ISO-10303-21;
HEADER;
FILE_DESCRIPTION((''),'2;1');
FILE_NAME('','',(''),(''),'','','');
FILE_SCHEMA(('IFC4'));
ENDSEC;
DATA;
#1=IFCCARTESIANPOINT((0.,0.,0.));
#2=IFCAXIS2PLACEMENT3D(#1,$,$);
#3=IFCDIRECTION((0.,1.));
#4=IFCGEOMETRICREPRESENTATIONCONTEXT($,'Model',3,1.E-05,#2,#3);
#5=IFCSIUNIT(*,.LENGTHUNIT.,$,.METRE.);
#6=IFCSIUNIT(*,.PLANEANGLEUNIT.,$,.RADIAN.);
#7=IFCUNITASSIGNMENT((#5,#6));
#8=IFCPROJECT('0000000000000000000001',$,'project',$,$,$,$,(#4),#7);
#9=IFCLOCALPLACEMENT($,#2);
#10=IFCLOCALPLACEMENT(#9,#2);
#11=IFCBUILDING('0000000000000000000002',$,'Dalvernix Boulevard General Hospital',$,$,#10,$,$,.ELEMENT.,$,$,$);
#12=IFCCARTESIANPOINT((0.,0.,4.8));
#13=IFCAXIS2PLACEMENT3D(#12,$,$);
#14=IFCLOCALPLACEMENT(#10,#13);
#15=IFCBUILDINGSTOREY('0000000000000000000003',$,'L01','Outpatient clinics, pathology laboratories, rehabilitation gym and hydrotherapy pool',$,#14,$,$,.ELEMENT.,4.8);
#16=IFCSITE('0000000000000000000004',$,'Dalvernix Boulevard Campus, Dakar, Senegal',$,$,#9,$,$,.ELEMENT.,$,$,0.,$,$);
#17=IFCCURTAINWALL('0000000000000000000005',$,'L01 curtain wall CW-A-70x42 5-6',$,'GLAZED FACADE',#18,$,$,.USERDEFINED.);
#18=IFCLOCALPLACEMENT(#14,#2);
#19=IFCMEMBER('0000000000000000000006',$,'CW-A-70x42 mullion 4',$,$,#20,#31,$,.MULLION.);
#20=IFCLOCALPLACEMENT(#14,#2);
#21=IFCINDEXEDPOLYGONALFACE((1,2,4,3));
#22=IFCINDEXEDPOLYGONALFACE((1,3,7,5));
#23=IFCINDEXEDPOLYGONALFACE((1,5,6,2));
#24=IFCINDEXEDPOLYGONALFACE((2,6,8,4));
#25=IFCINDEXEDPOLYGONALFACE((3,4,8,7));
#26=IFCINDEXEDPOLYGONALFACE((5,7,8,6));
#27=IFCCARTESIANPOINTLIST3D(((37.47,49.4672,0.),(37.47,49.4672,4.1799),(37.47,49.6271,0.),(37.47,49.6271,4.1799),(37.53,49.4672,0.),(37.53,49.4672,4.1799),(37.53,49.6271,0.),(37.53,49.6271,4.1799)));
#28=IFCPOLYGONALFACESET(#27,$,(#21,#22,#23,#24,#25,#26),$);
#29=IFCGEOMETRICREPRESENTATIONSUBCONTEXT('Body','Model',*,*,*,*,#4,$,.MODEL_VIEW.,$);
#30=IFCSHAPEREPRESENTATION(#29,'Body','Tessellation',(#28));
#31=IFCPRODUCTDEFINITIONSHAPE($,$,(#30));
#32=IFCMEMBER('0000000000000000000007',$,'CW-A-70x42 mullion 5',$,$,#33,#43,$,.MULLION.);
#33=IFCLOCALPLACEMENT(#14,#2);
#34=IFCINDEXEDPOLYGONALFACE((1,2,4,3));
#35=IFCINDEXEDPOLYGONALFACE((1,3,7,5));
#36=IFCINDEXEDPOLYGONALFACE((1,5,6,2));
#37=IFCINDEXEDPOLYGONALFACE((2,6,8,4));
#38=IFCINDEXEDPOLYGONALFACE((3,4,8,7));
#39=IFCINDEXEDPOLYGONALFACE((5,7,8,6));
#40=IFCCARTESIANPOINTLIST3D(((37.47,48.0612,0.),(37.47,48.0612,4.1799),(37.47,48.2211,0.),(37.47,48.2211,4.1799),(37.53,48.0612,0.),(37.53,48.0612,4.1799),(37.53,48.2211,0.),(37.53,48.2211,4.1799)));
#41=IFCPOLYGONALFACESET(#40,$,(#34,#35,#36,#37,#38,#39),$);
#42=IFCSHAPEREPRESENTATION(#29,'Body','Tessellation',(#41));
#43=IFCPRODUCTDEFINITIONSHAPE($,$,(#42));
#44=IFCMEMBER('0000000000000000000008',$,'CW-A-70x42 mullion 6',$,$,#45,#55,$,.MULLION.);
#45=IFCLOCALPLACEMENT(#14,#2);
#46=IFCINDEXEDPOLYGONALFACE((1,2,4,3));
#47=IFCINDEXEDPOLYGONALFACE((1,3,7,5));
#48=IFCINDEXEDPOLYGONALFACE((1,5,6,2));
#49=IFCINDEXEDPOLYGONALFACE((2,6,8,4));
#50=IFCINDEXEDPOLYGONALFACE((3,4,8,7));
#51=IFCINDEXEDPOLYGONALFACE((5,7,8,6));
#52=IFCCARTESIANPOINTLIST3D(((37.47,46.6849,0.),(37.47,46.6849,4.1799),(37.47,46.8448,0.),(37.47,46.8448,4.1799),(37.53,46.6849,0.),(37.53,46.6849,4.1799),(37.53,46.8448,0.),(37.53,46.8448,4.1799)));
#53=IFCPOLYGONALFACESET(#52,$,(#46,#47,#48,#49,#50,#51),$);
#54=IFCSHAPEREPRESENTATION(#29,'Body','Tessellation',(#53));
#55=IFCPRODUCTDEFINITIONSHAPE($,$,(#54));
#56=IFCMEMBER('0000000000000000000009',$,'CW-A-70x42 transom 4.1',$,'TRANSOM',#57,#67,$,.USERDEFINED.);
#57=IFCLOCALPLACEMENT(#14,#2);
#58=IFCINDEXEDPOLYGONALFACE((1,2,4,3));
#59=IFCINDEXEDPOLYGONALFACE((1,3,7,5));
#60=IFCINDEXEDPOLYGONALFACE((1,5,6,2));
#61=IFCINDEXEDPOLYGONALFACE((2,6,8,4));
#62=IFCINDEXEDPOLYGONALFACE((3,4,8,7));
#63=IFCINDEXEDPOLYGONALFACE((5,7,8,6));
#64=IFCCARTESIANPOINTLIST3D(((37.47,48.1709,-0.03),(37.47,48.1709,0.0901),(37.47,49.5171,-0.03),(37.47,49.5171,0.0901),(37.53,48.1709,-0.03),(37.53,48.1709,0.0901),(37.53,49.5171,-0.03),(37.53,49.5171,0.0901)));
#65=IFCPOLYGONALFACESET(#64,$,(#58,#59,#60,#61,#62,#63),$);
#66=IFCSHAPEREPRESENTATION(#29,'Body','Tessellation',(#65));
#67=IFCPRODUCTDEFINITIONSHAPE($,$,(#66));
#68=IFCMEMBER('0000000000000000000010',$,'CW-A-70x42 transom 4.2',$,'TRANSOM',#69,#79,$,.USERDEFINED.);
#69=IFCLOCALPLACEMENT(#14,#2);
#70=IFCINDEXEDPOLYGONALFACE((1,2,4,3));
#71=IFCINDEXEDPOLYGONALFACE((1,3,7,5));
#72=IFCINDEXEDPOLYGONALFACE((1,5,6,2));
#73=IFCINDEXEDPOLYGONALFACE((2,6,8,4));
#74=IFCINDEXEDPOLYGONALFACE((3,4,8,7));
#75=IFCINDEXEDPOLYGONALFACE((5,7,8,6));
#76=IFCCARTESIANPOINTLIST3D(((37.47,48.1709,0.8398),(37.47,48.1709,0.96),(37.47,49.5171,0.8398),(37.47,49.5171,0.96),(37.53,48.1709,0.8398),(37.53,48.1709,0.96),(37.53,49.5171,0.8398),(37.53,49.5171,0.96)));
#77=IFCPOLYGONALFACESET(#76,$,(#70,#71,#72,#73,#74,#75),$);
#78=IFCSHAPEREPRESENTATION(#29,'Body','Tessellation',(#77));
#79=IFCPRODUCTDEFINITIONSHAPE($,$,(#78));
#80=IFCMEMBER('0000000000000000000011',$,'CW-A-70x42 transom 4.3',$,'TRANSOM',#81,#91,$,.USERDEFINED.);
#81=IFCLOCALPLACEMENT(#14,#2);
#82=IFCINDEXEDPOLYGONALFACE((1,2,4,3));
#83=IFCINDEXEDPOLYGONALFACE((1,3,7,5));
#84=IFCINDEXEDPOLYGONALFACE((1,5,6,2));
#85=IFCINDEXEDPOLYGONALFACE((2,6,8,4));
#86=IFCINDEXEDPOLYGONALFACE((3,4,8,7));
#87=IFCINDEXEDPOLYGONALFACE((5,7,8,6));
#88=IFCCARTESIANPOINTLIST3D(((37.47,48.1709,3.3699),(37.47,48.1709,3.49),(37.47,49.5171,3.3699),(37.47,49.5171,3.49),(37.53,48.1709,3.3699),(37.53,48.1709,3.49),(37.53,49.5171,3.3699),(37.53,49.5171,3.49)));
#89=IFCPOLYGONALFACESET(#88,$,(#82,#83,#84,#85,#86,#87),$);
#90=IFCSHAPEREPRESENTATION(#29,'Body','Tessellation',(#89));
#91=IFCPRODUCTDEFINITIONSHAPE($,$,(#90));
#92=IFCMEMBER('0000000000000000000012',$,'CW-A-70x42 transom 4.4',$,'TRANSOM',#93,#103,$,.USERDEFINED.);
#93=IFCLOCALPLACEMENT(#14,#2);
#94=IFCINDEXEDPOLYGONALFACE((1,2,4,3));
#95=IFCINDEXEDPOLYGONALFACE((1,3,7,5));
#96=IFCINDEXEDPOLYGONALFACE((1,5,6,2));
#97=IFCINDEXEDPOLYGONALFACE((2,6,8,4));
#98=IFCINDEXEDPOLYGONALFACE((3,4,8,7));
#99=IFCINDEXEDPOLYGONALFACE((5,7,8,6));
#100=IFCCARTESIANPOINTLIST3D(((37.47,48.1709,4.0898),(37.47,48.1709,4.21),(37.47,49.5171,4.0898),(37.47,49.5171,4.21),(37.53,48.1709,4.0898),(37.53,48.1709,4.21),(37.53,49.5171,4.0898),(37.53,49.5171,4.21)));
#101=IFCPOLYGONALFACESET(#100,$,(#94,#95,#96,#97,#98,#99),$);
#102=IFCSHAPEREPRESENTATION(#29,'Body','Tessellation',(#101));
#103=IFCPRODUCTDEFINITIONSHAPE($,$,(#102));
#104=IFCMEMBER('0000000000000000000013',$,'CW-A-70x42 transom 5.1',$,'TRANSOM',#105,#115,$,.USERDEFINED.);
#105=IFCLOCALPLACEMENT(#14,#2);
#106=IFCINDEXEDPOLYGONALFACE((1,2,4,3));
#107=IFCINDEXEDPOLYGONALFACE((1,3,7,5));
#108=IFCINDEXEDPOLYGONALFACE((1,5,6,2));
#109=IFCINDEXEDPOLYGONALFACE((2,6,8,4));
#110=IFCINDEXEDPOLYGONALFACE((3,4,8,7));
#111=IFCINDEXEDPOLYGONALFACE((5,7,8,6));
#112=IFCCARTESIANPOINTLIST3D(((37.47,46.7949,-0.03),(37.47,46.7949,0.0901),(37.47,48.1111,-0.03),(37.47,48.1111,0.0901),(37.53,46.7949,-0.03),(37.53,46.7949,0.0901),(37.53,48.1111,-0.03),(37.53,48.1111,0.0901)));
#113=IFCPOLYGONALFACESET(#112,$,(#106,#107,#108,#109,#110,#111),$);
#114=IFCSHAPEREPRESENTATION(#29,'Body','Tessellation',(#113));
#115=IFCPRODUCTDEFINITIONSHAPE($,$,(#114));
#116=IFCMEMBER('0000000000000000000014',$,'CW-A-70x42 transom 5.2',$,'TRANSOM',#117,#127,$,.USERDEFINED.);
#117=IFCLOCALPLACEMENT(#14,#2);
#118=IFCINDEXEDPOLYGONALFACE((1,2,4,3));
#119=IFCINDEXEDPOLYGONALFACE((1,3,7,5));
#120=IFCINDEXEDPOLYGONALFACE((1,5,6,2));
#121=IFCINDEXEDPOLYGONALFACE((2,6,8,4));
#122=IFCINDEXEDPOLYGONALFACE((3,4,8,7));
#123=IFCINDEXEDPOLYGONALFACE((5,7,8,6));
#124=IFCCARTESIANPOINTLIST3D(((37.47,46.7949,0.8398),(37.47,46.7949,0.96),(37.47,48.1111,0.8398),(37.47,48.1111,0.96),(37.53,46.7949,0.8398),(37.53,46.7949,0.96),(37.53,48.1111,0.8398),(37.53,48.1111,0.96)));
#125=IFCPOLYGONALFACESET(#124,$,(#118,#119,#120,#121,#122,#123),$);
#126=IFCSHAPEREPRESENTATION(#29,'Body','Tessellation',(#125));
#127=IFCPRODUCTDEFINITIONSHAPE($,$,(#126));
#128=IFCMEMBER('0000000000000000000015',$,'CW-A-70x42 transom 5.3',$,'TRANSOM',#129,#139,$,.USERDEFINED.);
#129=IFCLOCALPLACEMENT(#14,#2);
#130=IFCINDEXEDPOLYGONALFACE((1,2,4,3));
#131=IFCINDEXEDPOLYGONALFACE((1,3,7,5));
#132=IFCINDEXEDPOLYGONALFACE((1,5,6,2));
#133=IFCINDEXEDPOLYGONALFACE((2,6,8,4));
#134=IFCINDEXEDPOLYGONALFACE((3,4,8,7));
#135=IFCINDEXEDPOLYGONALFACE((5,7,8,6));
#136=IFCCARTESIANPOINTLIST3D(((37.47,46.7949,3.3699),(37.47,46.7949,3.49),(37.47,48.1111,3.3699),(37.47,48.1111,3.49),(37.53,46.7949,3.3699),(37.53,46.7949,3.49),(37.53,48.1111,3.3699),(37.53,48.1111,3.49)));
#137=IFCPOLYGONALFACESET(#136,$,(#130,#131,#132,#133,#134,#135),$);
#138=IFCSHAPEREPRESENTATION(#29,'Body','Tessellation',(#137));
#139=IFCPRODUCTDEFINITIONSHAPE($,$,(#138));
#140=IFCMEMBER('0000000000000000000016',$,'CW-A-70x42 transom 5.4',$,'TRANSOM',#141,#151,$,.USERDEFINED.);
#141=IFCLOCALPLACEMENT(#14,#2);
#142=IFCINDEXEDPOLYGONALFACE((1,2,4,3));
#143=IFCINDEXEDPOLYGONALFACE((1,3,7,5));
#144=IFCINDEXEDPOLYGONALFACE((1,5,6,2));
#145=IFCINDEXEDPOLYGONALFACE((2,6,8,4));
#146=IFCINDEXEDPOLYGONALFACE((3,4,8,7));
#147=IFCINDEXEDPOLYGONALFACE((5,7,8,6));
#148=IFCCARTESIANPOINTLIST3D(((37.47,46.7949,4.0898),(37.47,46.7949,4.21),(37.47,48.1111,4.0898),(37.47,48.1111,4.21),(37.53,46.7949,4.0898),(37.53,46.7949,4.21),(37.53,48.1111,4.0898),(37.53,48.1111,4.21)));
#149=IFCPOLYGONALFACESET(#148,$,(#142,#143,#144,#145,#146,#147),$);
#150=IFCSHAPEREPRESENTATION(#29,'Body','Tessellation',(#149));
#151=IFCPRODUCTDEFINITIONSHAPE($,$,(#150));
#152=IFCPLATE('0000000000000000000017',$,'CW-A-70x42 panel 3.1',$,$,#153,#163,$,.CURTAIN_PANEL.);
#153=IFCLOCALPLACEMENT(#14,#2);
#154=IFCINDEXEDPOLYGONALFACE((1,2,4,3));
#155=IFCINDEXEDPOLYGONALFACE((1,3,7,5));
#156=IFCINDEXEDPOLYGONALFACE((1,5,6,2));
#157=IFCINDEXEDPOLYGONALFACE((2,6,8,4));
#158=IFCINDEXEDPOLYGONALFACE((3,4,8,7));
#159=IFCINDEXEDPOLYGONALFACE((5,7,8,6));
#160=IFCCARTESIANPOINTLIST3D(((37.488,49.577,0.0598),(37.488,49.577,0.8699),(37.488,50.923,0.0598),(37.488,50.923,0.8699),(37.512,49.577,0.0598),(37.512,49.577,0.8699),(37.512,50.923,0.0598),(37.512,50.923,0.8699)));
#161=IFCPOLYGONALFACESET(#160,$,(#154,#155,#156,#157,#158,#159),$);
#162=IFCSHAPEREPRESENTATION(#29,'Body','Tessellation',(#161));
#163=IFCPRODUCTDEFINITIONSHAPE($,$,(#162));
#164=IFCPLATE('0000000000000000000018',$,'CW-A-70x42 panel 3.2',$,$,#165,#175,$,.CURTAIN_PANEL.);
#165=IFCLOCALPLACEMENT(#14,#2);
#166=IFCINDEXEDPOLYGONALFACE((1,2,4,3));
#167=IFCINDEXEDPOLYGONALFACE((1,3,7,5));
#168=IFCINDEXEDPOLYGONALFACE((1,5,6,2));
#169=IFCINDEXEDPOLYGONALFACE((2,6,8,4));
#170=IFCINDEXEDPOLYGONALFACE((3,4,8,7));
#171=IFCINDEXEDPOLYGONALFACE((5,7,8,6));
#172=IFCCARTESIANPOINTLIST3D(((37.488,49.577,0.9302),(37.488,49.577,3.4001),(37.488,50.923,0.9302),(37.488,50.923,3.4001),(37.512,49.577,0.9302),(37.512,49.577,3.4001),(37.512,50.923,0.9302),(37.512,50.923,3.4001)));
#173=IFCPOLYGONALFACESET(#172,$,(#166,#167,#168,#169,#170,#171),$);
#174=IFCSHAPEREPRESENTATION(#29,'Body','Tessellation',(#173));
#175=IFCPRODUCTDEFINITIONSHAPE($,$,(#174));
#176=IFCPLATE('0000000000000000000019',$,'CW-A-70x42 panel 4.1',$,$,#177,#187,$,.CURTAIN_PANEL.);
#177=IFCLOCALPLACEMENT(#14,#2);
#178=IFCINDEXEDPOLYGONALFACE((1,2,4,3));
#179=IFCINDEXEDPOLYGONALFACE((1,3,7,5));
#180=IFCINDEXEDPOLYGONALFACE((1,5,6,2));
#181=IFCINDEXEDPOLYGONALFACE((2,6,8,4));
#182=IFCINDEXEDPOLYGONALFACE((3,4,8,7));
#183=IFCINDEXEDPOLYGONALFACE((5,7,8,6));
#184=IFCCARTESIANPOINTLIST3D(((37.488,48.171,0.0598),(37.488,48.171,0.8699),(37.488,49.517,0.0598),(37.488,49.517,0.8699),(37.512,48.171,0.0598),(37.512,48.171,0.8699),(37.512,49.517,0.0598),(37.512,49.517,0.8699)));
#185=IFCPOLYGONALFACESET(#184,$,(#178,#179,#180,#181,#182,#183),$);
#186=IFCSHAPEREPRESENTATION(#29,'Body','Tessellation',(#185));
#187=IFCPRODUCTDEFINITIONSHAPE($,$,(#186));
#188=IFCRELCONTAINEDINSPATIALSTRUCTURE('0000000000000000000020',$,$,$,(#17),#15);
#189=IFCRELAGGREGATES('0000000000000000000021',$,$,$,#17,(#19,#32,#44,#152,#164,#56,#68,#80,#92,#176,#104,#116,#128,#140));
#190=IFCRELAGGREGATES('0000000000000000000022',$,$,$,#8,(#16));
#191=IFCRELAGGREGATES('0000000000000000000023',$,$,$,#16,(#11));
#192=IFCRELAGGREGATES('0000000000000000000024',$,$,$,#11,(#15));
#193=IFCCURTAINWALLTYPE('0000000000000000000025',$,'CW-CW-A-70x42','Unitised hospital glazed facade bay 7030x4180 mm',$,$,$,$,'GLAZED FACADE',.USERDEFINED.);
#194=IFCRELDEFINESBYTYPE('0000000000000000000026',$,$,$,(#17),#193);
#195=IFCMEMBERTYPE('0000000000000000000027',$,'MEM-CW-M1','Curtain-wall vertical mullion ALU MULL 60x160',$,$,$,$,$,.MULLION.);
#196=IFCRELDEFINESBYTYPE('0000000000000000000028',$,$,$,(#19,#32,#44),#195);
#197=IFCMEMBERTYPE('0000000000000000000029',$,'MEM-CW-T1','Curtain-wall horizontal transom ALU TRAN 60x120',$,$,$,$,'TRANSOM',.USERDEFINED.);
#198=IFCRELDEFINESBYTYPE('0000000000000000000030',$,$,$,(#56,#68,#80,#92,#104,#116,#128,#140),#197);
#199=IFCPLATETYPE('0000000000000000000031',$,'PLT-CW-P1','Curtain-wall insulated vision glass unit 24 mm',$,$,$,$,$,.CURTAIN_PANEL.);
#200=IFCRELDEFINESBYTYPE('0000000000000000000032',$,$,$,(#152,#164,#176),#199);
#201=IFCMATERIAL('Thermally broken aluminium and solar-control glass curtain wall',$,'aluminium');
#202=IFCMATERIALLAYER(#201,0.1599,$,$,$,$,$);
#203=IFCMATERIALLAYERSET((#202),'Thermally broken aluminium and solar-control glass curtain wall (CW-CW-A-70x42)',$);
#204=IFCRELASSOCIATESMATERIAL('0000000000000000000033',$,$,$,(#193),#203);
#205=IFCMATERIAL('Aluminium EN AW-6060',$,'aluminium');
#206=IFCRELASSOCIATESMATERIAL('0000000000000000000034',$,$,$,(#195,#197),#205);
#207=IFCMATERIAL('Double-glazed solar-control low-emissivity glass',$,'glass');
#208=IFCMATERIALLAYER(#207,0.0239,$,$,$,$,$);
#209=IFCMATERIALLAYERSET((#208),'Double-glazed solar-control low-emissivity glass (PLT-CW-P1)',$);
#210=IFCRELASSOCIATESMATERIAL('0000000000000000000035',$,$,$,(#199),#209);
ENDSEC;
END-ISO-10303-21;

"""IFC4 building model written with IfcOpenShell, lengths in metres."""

from ifc_helpers import new_model, si_unit, direction, frame, origin, origin_2d, place, context, subcontext, project, spatial, rectangle, extrude, material, layer, layer_set, material_profile, profile_set, type_object, element, aggregate, save


model = new_model("IFC4")

# Units and contexts
model_context = context("Model", 3, precision=1e-05, world=origin(), true_north=direction((0.0, 1.0)))
body_context = subcontext(model_context, "Body", "Model", "MODEL_VIEW")
ifc_project = project(units=[si_unit("LENGTHUNIT", "METRE"), si_unit("PLANEANGLEUNIT", "RADIAN")], contexts=[model_context])

# Site, building, storey
site_placement = place(None, origin())
site = spatial("IfcSite", under=ifc_project, at=site_placement, Name="Dalvernix Boulevard Campus, Dakar, Senegal", CompositionType="ELEMENT", RefElevation=0.0)
building_placement = place(site_placement, origin())
building = spatial("IfcBuilding", under=site, at=building_placement, Name="Dalvernix Boulevard General Hospital", CompositionType="ELEMENT")
storey_placement = place(building_placement, frame((0.0, 0.0, 4.8)))
storey = spatial("IfcBuildingStorey", under=building, at=storey_placement, Name="L01", Description="Outpatient clinics, pathology laboratories, rehabilitation gym and hydrotherapy pool", CompositionType="ELEMENT", Elevation=4.8)

# Curtain wall, members, plates
ifc_material_1 = material(Name="Thermally broken aluminium and solar-control glass curtain wall", Category="aluminium")
ifc_layer_1 = layer(ifc_material_1, 0.1599)
ifc_layer_set_1 = layer_set([ifc_layer_1], Name="Thermally broken aluminium and solar-control glass curtain wall (CW-CW-A-70x42)")
curtain_wall_type = type_object("IfcCurtainWallType", Name="CW-CW-A-70x42", Description="Unitised hospital glazed facade bay 7030x4180 mm", ElementType="GLAZED FACADE", PredefinedType="USERDEFINED", material=ifc_layer_set_1)
curtain_wall_placement = place(storey_placement, origin())
curtain_wall = element("IfcCurtainWall", 1, at=curtain_wall_placement, inside=storey, type_object=curtain_wall_type, Name="L01 curtain wall CW-A-70x42 5-6", ObjectType="GLAZED FACADE", PredefinedType="USERDEFINED")
ifc_material_2 = material(Name="Aluminium EN AW-6060", Category="aluminium")
ifc_material_profile_1 = material_profile(ifc_material_2, rectangle(XDim=0.0601, YDim=0.1599, at=origin_2d()), Name="ALU MULL 60x160")
ifc_profile_set_1 = profile_set([ifc_material_profile_1], Name="Aluminium EN AW-6060")
member_type_1 = type_object("IfcMemberType", Name="MEM-CW-M1", Description="Curtain-wall vertical mullion ALU MULL 60x160", PredefinedType="MULLION", material=ifc_profile_set_1)
member_1_placement = place(storey_placement, frame((37.5, 49.5471, 0.0), z_axis=(0.0, 0.0, 1.0), x_axis=(1.0, 0.0, 0.0)))
member_1 = element("IfcMember", 2, at=member_1_placement, type_object=member_type_1, Name="CW-A-70x42 mullion 4", PredefinedType="MULLION", context=body_context, shape_type="SweptSolid", body=[
    extrude(rectangle(XDim=0.0601, YDim=0.1599, at=origin_2d()), origin(), (0.0, 0.0, 1.0), 4.1799),
])
member_2_placement = place(storey_placement, frame((37.5, 48.1411, 0.0), z_axis=(0.0, 0.0, 1.0), x_axis=(1.0, 0.0, 0.0)))
member_2 = element("IfcMember", 3, at=member_2_placement, type_object=member_type_1, Name="CW-A-70x42 mullion 5", PredefinedType="MULLION", context=body_context, shape_type="SweptSolid", body=[
    extrude(rectangle(XDim=0.0601, YDim=0.1599, at=origin_2d()), origin(), (0.0, 0.0, 1.0), 4.1799),
])
member_3_placement = place(storey_placement, frame((37.5, 46.7649, 0.0), z_axis=(0.0, 0.0, 1.0), x_axis=(1.0, 0.0, 0.0)))
member_3 = element("IfcMember", 4, at=member_3_placement, type_object=member_type_1, Name="CW-A-70x42 mullion 6", PredefinedType="MULLION", context=body_context, shape_type="SweptSolid", body=[
    extrude(rectangle(XDim=0.0601, YDim=0.1599, at=origin_2d()), origin(), (0.0, 0.0, 1.0), 4.1799),
])
ifc_material_profile_2 = material_profile(ifc_material_2, rectangle(XDim=0.0601, YDim=0.1201, at=origin_2d()), Name="ALU TRAN 60x120")
ifc_profile_set_2 = profile_set([ifc_material_profile_2], Name="Aluminium EN AW-6060")
member_type_2 = type_object("IfcMemberType", Name="MEM-CW-T1", Description="Curtain-wall horizontal transom ALU TRAN 60x120", ElementType="TRANSOM", PredefinedType="USERDEFINED", material=ifc_profile_set_2)
member_4_placement = place(storey_placement, frame((37.5, 49.5171, 0.03), z_axis=(0.0, -1.0, 0.0), x_axis=(1.0, 0.0, 0.0)))
member_4 = element("IfcMember", 5, at=member_4_placement, type_object=member_type_2, Name="CW-A-70x42 transom 4.1", ObjectType="TRANSOM", PredefinedType="USERDEFINED", context=body_context, shape_type="SweptSolid", body=[
    extrude(rectangle(XDim=0.0601, YDim=0.1201, at=origin_2d()), origin(), (0.0, 0.0, 1.0), 1.3462),
])
member_5_placement = place(storey_placement, frame((37.5, 49.5171, 0.8999), z_axis=(0.0, -1.0, 0.0), x_axis=(1.0, 0.0, 0.0)))
member_5 = element("IfcMember", 6, at=member_5_placement, type_object=member_type_2, Name="CW-A-70x42 transom 4.2", ObjectType="TRANSOM", PredefinedType="USERDEFINED", context=body_context, shape_type="SweptSolid", body=[
    extrude(rectangle(XDim=0.0601, YDim=0.1201, at=origin_2d()), origin(), (0.0, 0.0, 1.0), 1.3462),
])
member_6_placement = place(storey_placement, frame((37.5, 49.5171, 3.4299), z_axis=(0.0, -1.0, 0.0), x_axis=(1.0, 0.0, 0.0)))
member_6 = element("IfcMember", 7, at=member_6_placement, type_object=member_type_2, Name="CW-A-70x42 transom 4.3", ObjectType="TRANSOM", PredefinedType="USERDEFINED", context=body_context, shape_type="SweptSolid", body=[
    extrude(rectangle(XDim=0.0601, YDim=0.1201, at=origin_2d()), origin(), (0.0, 0.0, 1.0), 1.3462),
])
member_7_placement = place(storey_placement, frame((37.5, 49.5171, 4.1499), z_axis=(0.0, -1.0, 0.0), x_axis=(1.0, 0.0, 0.0)))
member_7 = element("IfcMember", 8, at=member_7_placement, type_object=member_type_2, Name="CW-A-70x42 transom 4.4", ObjectType="TRANSOM", PredefinedType="USERDEFINED", context=body_context, shape_type="SweptSolid", body=[
    extrude(rectangle(XDim=0.0601, YDim=0.1201, at=origin_2d()), origin(), (0.0, 0.0, 1.0), 1.3462),
])
member_8_placement = place(storey_placement, frame((37.5, 48.1111, 0.03), z_axis=(0.0, -1.0, 0.0), x_axis=(1.0, 0.0, 0.0)))
member_8 = element("IfcMember", 9, at=member_8_placement, type_object=member_type_2, Name="CW-A-70x42 transom 5.1", ObjectType="TRANSOM", PredefinedType="USERDEFINED", context=body_context, shape_type="SweptSolid", body=[
    extrude(rectangle(XDim=0.0601, YDim=0.1201, at=origin_2d()), origin(), (0.0, 0.0, 1.0), 1.3162),
])
member_9_placement = place(storey_placement, frame((37.5, 48.1111, 0.8999), z_axis=(0.0, -1.0, 0.0), x_axis=(1.0, 0.0, 0.0)))
member_9 = element("IfcMember", 10, at=member_9_placement, type_object=member_type_2, Name="CW-A-70x42 transom 5.2", ObjectType="TRANSOM", PredefinedType="USERDEFINED", context=body_context, shape_type="SweptSolid", body=[
    extrude(rectangle(XDim=0.0601, YDim=0.1201, at=origin_2d()), origin(), (0.0, 0.0, 1.0), 1.3162),
])
member_10_placement = place(storey_placement, frame((37.5, 48.1111, 3.4299), z_axis=(0.0, -1.0, 0.0), x_axis=(1.0, 0.0, 0.0)))
member_10 = element("IfcMember", 11, at=member_10_placement, type_object=member_type_2, Name="CW-A-70x42 transom 5.3", ObjectType="TRANSOM", PredefinedType="USERDEFINED", context=body_context, shape_type="SweptSolid", body=[
    extrude(rectangle(XDim=0.0601, YDim=0.1201, at=origin_2d()), origin(), (0.0, 0.0, 1.0), 1.3162),
])
member_11_placement = place(storey_placement, frame((37.5, 48.1111, 4.1499), z_axis=(0.0, -1.0, 0.0), x_axis=(1.0, 0.0, 0.0)))
member_11 = element("IfcMember", 12, at=member_11_placement, type_object=member_type_2, Name="CW-A-70x42 transom 5.4", ObjectType="TRANSOM", PredefinedType="USERDEFINED", context=body_context, shape_type="SweptSolid", body=[
    extrude(rectangle(XDim=0.0601, YDim=0.1201, at=origin_2d()), origin(), (0.0, 0.0, 1.0), 1.3162),
])
ifc_material_3 = material(Name="Double-glazed solar-control low-emissivity glass", Category="glass")
ifc_layer_2 = layer(ifc_material_3, 0.0239)
ifc_layer_set_2 = layer_set([ifc_layer_2], Name="Double-glazed solar-control low-emissivity glass (PLT-CW-P1)")
plate_type = type_object("IfcPlateType", Name="PLT-CW-P1", Description="Curtain-wall insulated vision glass unit 24 mm", PredefinedType="CURTAIN_PANEL", material=ifc_layer_set_2)
plate_1_placement = place(storey_placement, frame((37.5, 50.25, 0.0598), z_axis=(0.0, 0.0, 1.0), x_axis=(0.0, -1.0, 0.0)))
plate_1 = element("IfcPlate", 13, at=plate_1_placement, type_object=plate_type, Name="CW-A-70x42 panel 3.1", PredefinedType="CURTAIN_PANEL", context=body_context, shape_type="SweptSolid", body=[
    extrude(rectangle(XDim=1.3459, YDim=0.0239, at=origin_2d()), origin(), (0.0, 0.0, 1.0), 0.8101),
])
plate_2_placement = place(storey_placement, frame((37.5, 50.25, 0.9302), z_axis=(0.0, 0.0, 1.0), x_axis=(0.0, -1.0, 0.0)))
plate_2 = element("IfcPlate", 14, at=plate_2_placement, type_object=plate_type, Name="CW-A-70x42 panel 3.2", PredefinedType="CURTAIN_PANEL", context=body_context, shape_type="SweptSolid", body=[
    extrude(rectangle(XDim=1.3459, YDim=0.0239, at=origin_2d()), origin(), (0.0, 0.0, 1.0), 2.47),
])
plate_3_placement = place(storey_placement, frame((37.5, 48.844, 0.0598), z_axis=(0.0, 0.0, 1.0), x_axis=(0.0, -1.0, 0.0)))
plate_3 = element("IfcPlate", 15, at=plate_3_placement, type_object=plate_type, Name="CW-A-70x42 panel 4.1", PredefinedType="CURTAIN_PANEL", context=body_context, shape_type="SweptSolid", body=[
    extrude(rectangle(XDim=1.3459, YDim=0.0239, at=origin_2d()), origin(), (0.0, 0.0, 1.0), 0.8101),
])
aggregate(curtain_wall, [member_1, member_2, member_3, plate_1, plate_2, member_4, member_5, member_6, member_7, plate_3, member_8, member_9, member_10, member_11])

save(model, "model.ifc")
